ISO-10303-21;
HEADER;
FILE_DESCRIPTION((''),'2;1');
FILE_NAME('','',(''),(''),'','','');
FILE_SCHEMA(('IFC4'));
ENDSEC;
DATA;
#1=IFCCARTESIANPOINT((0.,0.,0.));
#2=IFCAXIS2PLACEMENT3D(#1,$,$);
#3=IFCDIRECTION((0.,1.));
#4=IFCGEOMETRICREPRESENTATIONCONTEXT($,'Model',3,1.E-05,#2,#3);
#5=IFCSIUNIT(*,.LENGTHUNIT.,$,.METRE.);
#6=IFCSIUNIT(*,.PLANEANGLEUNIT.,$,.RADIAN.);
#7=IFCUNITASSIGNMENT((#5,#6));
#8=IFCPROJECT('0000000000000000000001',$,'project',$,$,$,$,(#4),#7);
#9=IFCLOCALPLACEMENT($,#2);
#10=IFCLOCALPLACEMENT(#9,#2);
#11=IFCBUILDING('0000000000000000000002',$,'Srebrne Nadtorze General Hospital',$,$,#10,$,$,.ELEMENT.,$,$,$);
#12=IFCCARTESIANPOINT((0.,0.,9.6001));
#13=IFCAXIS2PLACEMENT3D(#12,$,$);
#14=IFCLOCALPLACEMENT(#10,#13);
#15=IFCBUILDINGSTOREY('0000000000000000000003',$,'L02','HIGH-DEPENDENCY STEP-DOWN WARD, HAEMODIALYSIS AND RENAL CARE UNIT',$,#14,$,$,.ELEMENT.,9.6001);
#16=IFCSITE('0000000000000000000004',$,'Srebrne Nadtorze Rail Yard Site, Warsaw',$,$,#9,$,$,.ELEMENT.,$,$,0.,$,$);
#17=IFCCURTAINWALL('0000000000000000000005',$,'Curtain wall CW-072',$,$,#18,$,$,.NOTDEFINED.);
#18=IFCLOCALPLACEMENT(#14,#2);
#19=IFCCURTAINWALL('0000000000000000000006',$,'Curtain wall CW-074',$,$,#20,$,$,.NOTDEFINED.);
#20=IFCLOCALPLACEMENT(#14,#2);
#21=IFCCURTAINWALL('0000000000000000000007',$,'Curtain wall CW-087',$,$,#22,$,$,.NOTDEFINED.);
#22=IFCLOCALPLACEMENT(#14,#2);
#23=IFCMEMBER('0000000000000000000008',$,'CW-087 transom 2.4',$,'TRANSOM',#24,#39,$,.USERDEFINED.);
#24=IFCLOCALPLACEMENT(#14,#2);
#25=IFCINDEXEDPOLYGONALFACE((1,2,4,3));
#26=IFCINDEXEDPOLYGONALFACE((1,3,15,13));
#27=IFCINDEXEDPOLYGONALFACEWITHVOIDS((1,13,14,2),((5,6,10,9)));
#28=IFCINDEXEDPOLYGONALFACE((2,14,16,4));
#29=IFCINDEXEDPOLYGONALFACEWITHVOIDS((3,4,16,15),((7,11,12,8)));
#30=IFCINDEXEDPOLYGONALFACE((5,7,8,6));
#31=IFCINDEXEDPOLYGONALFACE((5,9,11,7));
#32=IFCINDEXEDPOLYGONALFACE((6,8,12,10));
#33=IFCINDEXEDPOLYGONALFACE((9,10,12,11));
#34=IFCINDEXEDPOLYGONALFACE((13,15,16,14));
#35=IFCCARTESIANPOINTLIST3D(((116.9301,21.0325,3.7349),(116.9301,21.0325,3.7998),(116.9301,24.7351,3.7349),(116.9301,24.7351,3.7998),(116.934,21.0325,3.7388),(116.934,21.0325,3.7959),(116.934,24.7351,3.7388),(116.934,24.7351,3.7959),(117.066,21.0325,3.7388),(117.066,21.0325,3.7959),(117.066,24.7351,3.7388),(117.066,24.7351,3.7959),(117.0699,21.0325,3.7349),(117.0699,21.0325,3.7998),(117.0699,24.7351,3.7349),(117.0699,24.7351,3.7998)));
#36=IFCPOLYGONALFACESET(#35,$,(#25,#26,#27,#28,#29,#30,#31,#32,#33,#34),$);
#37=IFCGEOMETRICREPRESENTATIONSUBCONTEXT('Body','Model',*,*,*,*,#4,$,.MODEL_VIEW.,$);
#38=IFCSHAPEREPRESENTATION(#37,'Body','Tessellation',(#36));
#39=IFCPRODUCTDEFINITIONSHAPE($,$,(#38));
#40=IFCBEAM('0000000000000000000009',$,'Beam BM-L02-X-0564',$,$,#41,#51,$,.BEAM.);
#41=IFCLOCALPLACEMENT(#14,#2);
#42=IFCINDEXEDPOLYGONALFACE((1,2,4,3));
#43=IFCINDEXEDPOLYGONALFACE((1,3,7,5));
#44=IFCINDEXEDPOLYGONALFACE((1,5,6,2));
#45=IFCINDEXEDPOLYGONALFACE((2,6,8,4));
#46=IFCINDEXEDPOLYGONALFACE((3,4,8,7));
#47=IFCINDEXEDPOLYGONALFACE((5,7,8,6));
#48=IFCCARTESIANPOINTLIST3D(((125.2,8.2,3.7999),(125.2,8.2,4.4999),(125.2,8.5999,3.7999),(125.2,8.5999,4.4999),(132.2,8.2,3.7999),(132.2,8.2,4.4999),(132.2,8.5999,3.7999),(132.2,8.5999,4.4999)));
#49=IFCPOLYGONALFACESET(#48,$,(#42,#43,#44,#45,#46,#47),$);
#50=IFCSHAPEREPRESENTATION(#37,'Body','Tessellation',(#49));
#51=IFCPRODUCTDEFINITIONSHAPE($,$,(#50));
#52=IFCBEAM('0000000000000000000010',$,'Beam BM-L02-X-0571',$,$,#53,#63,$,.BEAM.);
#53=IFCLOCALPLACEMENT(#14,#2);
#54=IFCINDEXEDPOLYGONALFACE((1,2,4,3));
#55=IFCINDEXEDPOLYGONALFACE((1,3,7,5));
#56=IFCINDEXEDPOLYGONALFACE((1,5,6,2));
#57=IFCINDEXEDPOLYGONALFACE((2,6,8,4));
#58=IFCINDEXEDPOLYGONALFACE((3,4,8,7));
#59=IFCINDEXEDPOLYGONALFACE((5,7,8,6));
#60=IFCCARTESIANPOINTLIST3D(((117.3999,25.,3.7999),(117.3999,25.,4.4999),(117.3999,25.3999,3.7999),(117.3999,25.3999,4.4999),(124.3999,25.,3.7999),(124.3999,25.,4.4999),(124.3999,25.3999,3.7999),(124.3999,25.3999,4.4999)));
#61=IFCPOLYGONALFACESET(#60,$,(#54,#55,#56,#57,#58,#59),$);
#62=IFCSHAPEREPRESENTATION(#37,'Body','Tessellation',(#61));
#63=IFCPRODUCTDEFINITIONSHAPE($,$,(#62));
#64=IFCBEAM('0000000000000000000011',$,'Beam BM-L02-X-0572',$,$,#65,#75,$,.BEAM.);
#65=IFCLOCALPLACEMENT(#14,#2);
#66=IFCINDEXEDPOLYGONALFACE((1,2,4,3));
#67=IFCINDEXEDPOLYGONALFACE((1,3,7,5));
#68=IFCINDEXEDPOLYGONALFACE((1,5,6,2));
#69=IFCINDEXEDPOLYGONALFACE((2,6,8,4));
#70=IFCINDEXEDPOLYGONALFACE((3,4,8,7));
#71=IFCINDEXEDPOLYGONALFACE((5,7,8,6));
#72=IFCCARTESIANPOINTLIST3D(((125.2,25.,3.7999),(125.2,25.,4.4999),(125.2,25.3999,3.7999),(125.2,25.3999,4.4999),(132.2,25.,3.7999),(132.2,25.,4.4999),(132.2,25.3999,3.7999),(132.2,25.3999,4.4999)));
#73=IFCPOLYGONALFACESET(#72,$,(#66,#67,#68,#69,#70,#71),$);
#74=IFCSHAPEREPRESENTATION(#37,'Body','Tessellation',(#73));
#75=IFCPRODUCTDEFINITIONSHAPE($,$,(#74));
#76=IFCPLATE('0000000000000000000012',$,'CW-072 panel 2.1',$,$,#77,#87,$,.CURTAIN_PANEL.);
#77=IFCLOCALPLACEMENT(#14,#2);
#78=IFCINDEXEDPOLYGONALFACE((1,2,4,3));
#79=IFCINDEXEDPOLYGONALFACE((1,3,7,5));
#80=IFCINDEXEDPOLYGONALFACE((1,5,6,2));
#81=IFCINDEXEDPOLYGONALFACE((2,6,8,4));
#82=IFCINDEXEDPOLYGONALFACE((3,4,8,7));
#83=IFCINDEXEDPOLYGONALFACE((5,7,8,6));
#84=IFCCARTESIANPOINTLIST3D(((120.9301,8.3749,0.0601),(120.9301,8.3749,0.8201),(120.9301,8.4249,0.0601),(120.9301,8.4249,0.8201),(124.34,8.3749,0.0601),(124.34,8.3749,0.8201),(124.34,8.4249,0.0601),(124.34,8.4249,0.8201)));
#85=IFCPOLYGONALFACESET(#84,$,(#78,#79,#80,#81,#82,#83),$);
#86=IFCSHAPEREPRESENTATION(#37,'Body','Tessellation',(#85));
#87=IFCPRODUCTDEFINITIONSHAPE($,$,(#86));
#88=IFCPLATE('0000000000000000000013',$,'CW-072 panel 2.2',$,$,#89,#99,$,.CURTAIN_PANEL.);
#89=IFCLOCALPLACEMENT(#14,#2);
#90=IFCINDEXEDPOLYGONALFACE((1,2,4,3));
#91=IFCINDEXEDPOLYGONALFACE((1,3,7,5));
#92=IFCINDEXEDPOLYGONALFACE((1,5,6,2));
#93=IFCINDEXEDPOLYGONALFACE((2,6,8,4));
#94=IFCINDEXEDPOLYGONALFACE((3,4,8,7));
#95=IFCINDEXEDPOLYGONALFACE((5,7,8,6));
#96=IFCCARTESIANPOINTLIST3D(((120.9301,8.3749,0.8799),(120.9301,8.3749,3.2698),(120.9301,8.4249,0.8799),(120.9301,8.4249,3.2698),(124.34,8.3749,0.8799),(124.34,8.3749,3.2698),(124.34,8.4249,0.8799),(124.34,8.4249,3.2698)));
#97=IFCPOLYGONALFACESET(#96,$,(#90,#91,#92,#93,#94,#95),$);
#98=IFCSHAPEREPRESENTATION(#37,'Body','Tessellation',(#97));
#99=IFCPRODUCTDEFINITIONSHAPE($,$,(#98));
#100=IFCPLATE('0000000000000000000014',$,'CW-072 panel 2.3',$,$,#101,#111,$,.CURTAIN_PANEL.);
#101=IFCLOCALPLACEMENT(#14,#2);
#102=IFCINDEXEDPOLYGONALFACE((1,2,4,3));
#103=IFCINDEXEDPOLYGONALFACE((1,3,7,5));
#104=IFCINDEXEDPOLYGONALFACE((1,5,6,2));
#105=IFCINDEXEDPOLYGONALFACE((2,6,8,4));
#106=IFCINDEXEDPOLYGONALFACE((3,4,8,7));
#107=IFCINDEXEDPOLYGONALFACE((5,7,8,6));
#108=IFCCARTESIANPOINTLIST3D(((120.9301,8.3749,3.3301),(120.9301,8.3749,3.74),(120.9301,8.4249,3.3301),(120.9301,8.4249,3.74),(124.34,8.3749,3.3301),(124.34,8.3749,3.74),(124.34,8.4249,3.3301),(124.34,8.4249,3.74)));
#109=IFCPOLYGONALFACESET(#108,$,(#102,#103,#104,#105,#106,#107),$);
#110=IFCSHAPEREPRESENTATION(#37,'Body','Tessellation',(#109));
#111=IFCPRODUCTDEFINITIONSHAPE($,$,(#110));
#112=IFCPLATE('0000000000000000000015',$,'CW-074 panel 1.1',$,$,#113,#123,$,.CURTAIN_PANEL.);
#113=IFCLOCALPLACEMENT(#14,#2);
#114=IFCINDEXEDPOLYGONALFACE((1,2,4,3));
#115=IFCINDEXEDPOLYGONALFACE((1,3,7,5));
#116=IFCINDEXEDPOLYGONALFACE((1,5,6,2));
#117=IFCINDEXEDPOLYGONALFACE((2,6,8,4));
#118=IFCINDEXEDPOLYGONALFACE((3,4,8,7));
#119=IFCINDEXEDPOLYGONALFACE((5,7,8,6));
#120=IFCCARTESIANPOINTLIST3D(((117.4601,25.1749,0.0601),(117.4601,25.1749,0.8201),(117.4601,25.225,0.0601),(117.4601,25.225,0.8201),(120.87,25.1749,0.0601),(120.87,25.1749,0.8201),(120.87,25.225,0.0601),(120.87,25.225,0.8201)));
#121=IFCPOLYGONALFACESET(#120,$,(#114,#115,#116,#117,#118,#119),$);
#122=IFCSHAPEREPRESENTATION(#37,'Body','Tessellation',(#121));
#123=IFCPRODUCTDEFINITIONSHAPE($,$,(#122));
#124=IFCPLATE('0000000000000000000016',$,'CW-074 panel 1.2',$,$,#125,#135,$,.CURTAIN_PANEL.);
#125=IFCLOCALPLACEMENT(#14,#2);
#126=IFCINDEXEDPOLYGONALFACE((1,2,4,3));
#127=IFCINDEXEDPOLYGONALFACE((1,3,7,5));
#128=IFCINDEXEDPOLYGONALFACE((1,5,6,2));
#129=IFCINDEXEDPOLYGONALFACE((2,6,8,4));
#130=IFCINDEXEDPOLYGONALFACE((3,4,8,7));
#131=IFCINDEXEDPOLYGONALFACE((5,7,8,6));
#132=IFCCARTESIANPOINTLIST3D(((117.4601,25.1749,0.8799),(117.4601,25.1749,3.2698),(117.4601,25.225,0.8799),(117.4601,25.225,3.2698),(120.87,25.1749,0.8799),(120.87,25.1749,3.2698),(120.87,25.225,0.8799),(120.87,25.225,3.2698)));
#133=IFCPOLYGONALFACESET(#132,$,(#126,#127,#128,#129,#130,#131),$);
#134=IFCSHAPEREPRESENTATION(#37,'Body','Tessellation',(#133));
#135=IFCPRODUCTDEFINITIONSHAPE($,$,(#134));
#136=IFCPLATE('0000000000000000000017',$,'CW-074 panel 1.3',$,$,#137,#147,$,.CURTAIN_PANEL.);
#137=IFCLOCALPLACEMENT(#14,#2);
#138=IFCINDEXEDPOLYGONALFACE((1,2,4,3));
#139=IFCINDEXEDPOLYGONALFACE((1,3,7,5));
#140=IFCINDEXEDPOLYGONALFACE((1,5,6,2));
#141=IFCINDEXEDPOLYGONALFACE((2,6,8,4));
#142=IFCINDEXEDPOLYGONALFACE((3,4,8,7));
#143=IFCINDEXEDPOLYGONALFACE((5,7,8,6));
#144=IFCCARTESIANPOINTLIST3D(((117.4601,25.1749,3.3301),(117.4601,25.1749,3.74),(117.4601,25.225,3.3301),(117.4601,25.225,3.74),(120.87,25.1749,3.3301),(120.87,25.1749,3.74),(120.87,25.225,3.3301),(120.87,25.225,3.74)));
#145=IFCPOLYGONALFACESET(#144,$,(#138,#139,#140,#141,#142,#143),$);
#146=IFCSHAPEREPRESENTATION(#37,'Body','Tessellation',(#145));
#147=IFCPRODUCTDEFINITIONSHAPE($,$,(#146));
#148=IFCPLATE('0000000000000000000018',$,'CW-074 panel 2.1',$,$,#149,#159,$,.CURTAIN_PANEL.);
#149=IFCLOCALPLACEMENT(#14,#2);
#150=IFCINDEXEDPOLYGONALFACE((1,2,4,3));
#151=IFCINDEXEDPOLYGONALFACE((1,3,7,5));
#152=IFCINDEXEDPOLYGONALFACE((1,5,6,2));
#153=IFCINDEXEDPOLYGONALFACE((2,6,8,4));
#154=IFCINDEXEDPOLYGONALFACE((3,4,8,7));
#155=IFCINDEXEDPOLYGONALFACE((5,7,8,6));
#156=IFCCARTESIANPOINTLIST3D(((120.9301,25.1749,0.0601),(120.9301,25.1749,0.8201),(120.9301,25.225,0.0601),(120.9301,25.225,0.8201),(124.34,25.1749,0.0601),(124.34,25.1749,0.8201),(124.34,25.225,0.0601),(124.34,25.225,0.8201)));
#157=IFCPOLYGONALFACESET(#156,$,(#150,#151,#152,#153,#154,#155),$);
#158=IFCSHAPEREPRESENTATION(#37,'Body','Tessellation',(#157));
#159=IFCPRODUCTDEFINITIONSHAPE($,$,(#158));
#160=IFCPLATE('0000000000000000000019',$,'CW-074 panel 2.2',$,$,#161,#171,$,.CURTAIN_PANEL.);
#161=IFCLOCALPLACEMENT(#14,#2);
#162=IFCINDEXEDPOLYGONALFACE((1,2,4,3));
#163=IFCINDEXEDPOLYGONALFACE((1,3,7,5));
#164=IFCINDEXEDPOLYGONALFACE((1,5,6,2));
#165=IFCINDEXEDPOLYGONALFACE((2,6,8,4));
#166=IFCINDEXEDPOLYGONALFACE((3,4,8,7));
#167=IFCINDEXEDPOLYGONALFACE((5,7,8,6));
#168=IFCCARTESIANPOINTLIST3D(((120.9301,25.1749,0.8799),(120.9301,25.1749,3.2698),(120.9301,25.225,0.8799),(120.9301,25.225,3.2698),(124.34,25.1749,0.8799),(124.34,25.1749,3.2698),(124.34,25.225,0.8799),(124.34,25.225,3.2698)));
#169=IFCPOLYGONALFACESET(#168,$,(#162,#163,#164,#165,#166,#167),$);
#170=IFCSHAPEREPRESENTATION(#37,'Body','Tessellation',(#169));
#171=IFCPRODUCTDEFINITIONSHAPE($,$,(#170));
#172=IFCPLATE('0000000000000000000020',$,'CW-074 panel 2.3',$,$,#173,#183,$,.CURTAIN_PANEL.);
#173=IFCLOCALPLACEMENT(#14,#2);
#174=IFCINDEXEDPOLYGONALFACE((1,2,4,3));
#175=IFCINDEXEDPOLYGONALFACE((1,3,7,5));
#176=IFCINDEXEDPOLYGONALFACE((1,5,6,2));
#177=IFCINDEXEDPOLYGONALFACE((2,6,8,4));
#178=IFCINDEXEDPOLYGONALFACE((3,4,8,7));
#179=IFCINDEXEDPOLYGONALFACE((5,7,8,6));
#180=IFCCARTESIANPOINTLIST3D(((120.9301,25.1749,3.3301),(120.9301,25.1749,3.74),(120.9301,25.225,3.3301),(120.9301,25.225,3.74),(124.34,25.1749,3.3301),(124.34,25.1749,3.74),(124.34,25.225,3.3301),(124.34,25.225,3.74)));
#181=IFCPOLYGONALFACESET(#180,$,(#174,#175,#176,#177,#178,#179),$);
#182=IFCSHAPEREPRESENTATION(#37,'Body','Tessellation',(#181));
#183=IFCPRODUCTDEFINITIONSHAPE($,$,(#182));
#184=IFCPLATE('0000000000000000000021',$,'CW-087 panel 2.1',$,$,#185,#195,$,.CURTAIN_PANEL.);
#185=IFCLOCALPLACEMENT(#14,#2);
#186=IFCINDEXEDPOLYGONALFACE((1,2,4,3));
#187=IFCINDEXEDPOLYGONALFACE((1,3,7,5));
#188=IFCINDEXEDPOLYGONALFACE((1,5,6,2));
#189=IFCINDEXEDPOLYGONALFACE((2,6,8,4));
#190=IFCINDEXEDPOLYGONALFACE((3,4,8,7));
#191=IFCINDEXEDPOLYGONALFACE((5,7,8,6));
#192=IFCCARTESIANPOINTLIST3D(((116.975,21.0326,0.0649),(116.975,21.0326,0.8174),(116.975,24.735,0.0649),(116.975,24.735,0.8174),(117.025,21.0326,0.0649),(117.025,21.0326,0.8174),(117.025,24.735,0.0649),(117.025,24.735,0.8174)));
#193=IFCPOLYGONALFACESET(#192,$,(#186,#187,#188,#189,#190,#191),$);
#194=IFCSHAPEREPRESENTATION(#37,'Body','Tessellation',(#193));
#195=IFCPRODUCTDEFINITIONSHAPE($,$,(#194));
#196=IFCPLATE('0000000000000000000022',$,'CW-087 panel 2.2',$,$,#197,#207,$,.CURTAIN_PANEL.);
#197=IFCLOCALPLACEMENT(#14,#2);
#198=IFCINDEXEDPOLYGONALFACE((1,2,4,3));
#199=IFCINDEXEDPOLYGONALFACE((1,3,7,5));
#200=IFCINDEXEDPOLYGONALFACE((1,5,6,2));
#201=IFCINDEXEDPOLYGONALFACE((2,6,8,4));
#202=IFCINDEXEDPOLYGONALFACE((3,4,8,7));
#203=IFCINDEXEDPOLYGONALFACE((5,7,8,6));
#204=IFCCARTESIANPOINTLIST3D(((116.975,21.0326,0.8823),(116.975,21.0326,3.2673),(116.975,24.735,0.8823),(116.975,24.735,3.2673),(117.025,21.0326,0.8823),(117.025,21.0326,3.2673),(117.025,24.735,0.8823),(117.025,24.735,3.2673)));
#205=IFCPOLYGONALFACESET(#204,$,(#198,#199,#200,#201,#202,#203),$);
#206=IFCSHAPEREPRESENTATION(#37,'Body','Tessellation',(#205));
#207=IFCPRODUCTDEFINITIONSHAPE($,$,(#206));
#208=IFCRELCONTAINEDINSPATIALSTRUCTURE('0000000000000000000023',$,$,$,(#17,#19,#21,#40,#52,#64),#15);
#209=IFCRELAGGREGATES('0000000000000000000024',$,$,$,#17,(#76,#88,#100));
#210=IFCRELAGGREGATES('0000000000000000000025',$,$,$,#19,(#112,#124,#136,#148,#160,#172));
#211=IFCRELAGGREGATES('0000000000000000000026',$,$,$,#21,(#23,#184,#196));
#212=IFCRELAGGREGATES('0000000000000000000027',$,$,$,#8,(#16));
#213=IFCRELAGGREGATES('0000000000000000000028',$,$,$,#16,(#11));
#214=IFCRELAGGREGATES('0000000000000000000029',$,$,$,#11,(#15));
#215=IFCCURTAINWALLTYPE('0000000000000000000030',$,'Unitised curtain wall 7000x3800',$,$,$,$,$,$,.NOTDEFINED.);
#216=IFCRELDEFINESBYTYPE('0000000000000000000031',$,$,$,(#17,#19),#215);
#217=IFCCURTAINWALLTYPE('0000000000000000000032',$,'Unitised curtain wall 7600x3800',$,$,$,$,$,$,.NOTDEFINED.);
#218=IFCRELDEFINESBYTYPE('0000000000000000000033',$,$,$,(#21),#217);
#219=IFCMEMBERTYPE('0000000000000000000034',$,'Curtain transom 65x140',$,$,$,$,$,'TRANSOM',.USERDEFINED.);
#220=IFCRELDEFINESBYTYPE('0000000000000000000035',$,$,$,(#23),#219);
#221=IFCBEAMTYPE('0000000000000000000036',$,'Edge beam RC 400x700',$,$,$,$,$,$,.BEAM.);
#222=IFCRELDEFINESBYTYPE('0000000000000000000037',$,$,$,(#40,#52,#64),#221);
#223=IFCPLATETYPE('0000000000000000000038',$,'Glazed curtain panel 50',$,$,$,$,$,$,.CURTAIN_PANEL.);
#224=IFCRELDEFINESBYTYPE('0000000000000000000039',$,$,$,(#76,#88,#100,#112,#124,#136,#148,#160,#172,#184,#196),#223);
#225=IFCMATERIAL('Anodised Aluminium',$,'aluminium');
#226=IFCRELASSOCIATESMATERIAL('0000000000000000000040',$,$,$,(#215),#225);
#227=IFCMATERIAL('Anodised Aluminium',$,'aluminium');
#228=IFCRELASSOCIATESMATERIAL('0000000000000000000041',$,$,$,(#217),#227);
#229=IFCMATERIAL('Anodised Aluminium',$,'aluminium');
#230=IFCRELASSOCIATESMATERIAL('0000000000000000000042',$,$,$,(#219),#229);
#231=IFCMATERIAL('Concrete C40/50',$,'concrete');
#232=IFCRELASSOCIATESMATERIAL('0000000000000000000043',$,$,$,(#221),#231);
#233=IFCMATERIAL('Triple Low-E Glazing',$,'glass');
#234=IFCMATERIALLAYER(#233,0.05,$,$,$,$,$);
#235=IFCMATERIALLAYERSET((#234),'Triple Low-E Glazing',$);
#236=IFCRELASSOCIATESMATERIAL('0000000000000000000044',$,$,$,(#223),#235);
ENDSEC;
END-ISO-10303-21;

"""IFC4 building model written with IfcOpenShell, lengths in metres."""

from ifc_helpers import new_model, si_unit, direction, frame, origin, origin_2d, place, context, subcontext, project, spatial, rectangle, hollow_rectangle, extrude, material, layer, layer_set, material_profile, profile_set, type_object, element, aggregate, save


model = new_model("IFC4")

# Units and contexts
model_context = context("Model", 3, precision=1e-05, world=origin(), true_north=direction((0.0, 1.0)))
body_context = subcontext(model_context, "Body", "Model", "MODEL_VIEW")
ifc_project = project(units=[si_unit("LENGTHUNIT", "METRE"), si_unit("PLANEANGLEUNIT", "RADIAN")], contexts=[model_context])

# Site, building, storey
site_placement = place(None, origin())
site = spatial("IfcSite", under=ifc_project, at=site_placement, Name="Srebrne Nadtorze Rail Yard Site, Warsaw", CompositionType="ELEMENT", RefElevation=0.0)
building_placement = place(site_placement, origin())
building = spatial("IfcBuilding", under=site, at=building_placement, Name="Srebrne Nadtorze General Hospital", CompositionType="ELEMENT")
storey_placement = place(building_placement, frame((0.0, 0.0, 9.6001)))
storey = spatial("IfcBuildingStorey", under=building, at=storey_placement, Name="L02", Description="HIGH-DEPENDENCY STEP-DOWN WARD, HAEMODIALYSIS AND RENAL CARE UNIT", CompositionType="ELEMENT", Elevation=9.6001)

# Curtain wall
ifc_material_1 = material(Name="Anodised Aluminium", Category="aluminium")
curtain_wall_type_1 = type_object("IfcCurtainWallType", Name="Unitised curtain wall 7000x3800", PredefinedType="NOTDEFINED", material=ifc_material_1)
curtain_wall_1_placement = place(storey_placement, origin())
curtain_wall_1 = element("IfcCurtainWall", 1, at=curtain_wall_1_placement, inside=storey, type_object=curtain_wall_type_1, Name="Curtain wall CW-072", PredefinedType="NOTDEFINED")

# Curtain wall
curtain_wall_2_placement = place(storey_placement, origin())
curtain_wall_2 = element("IfcCurtainWall", 2, at=curtain_wall_2_placement, inside=storey, type_object=curtain_wall_type_1, Name="Curtain wall CW-074", PredefinedType="NOTDEFINED")

# Curtain wall
ifc_material_2 = material(Name="Anodised Aluminium", Category="aluminium")
curtain_wall_type_2 = type_object("IfcCurtainWallType", Name="Unitised curtain wall 7600x3800", PredefinedType="NOTDEFINED", material=ifc_material_2)
curtain_wall_3_placement = place(storey_placement, origin())
curtain_wall_3 = element("IfcCurtainWall", 3, at=curtain_wall_3_placement, inside=storey, type_object=curtain_wall_type_2, Name="Curtain wall CW-087", PredefinedType="NOTDEFINED")

# Member
ifc_material_3 = material(Name="Anodised Aluminium", Category="aluminium")
ifc_material_profile_1 = material_profile(ifc_material_3, hollow_rectangle(XDim=0.0649, YDim=0.1399, WallThickness=0.0039, at=origin_2d()), Name="AL-TRN-65x140")
ifc_profile_set_1 = profile_set([ifc_material_profile_1], Name="Anodised Aluminium")
member_type_1 = type_object("IfcMemberType", Name="Curtain transom 65x140", ElementType="TRANSOM", PredefinedType="USERDEFINED", material=ifc_profile_set_1)
member_1_placement = place(storey_placement, frame((117.0, 21.0325, 3.7673), z_axis=(0.0, 1.0, 0.0), x_axis=(0.0, 0.0, 1.0)))
member_1 = element("IfcMember", 4, at=member_1_placement, type_object=member_type_1, Name="CW-087 transom 2.4", ObjectType="TRANSOM", PredefinedType="USERDEFINED", context=body_context, shape_type="SweptSolid", body=[
    extrude(hollow_rectangle(XDim=0.0649, YDim=0.1399, WallThickness=0.0039, at=origin_2d()), origin(), (0.0, 0.0, 1.0), 3.7026),
])

# Beams
ifc_material_4 = material(Name="Concrete C40/50", Category="concrete")
ifc_material_profile_2 = material_profile(ifc_material_4, rectangle(XDim=0.3999, YDim=0.7, at=origin_2d()), Name="RC-BM-400x700")
ifc_profile_set_2 = profile_set([ifc_material_profile_2], Name="Concrete C40/50")
beam_type = type_object("IfcBeamType", Name="Edge beam RC 400x700", PredefinedType="BEAM", material=ifc_profile_set_2)
for number, where, z_axis, x_axis, name in (
    (5, (125.2, 8.3999, 4.1499), (1.0, 0.0, 0.0), (0.0, 1.0, 0.0), "Beam BM-L02-X-0564"),
    (6, (117.3999, 25.2, 4.1499), (1.0, 0.0, 0.0), (0.0, 1.0, 0.0), "Beam BM-L02-X-0571"),
    (7, (125.2, 25.2, 4.1499), (1.0, 0.0, 0.0), (0.0, 1.0, 0.0), "Beam BM-L02-X-0572"),
):
    element("IfcBeam", number, at=place(storey_placement, frame(where, z_axis=z_axis, x_axis=x_axis)), inside=storey, type_object=beam_type, Name=name, PredefinedType="BEAM", context=body_context, shape_type="SweptSolid", body=[
        extrude(rectangle(XDim=0.3999, YDim=0.7, at=origin_2d()), origin(), (0.0, 0.0, 1.0), 7.0),
    ])

# Plates
ifc_material_5 = material(Name="Triple Low-E Glazing", Category="glass")
ifc_layer_1 = layer(ifc_material_5, 0.05)
ifc_layer_set_1 = layer_set([ifc_layer_1], Name="Triple Low-E Glazing")
plate_type = type_object("IfcPlateType", Name="Glazed curtain panel 50", PredefinedType="CURTAIN_PANEL", material=ifc_layer_set_1)
plate_1_placement = place(storey_placement, frame((122.635, 8.3999, 0.0601), z_axis=(0.0, 0.0, 1.0), x_axis=(1.0, 0.0, 0.0)))
plate_1 = element("IfcPlate", 8, at=plate_1_placement, type_object=plate_type, Name="CW-072 panel 2.1", PredefinedType="CURTAIN_PANEL", context=body_context, shape_type="SweptSolid", body=[
    extrude(rectangle(XDim=3.4099, YDim=0.05, at=origin_2d()), origin(), (0.0, 0.0, 1.0), 0.76),
])
plate_2_placement = place(storey_placement, frame((122.635, 8.3999, 0.8799), z_axis=(0.0, 0.0, 1.0), x_axis=(1.0, 0.0, 0.0)))
plate_2 = element("IfcPlate", 9, at=plate_2_placement, type_object=plate_type, Name="CW-072 panel 2.2", PredefinedType="CURTAIN_PANEL", context=body_context, shape_type="SweptSolid", body=[
    extrude(rectangle(XDim=3.4099, YDim=0.05, at=origin_2d()), origin(), (0.0, 0.0, 1.0), 2.3899),
])
plate_3_placement = place(storey_placement, frame((122.635, 8.3999, 3.3301), z_axis=(0.0, 0.0, 1.0), x_axis=(1.0, 0.0, 0.0)))
plate_3 = element("IfcPlate", 10, at=plate_3_placement, type_object=plate_type, Name="CW-072 panel 2.3", PredefinedType="CURTAIN_PANEL", context=body_context, shape_type="SweptSolid", body=[
    extrude(rectangle(XDim=3.4099, YDim=0.05, at=origin_2d()), origin(), (0.0, 0.0, 1.0), 0.4099),
])
aggregate(curtain_wall_1, [plate_1, plate_2, plate_3])
plate_4_placement = place(storey_placement, frame((119.165, 25.2, 0.0601), z_axis=(0.0, 0.0, 1.0), x_axis=(1.0, 0.0, 0.0)))
plate_4 = element("IfcPlate", 11, at=plate_4_placement, type_object=plate_type, Name="CW-074 panel 1.1", PredefinedType="CURTAIN_PANEL", context=body_context, shape_type="SweptSolid", body=[
    extrude(rectangle(XDim=3.4099, YDim=0.05, at=origin_2d()), origin(), (0.0, 0.0, 1.0), 0.76),
])
plate_5_placement = place(storey_placement, frame((119.165, 25.2, 0.8799), z_axis=(0.0, 0.0, 1.0), x_axis=(1.0, 0.0, 0.0)))
plate_5 = element("IfcPlate", 12, at=plate_5_placement, type_object=plate_type, Name="CW-074 panel 1.2", PredefinedType="CURTAIN_PANEL", context=body_context, shape_type="SweptSolid", body=[
    extrude(rectangle(XDim=3.4099, YDim=0.05, at=origin_2d()), origin(), (0.0, 0.0, 1.0), 2.3899),
])
plate_6_placement = place(storey_placement, frame((119.165, 25.2, 3.3301), z_axis=(0.0, 0.0, 1.0), x_axis=(1.0, 0.0, 0.0)))
plate_6 = element("IfcPlate", 13, at=plate_6_placement, type_object=plate_type, Name="CW-074 panel 1.3", PredefinedType="CURTAIN_PANEL", context=body_context, shape_type="SweptSolid", body=[
    extrude(rectangle(XDim=3.4099, YDim=0.05, at=origin_2d()), origin(), (0.0, 0.0, 1.0), 0.4099),
])
plate_7_placement = place(storey_placement, frame((122.635, 25.2, 0.0601), z_axis=(0.0, 0.0, 1.0), x_axis=(1.0, 0.0, 0.0)))
plate_7 = element("IfcPlate", 14, at=plate_7_placement, type_object=plate_type, Name="CW-074 panel 2.1", PredefinedType="CURTAIN_PANEL", context=body_context, shape_type="SweptSolid", body=[
    extrude(rectangle(XDim=3.4099, YDim=0.05, at=origin_2d()), origin(), (0.0, 0.0, 1.0), 0.76),
])
plate_8_placement = place(storey_placement, frame((122.635, 25.2, 0.8799), z_axis=(0.0, 0.0, 1.0), x_axis=(1.0, 0.0, 0.0)))
plate_8 = element("IfcPlate", 15, at=plate_8_placement, type_object=plate_type, Name="CW-074 panel 2.2", PredefinedType="CURTAIN_PANEL", context=body_context, shape_type="SweptSolid", body=[
    extrude(rectangle(XDim=3.4099, YDim=0.05, at=origin_2d()), origin(), (0.0, 0.0, 1.0), 2.3899),
])
plate_9_placement = place(storey_placement, frame((122.635, 25.2, 3.3301), z_axis=(0.0, 0.0, 1.0), x_axis=(1.0, 0.0, 0.0)))
plate_9 = element("IfcPlate", 16, at=plate_9_placement, type_object=plate_type, Name="CW-074 panel 2.3", PredefinedType="CURTAIN_PANEL", context=body_context, shape_type="SweptSolid", body=[
    extrude(rectangle(XDim=3.4099, YDim=0.05, at=origin_2d()), origin(), (0.0, 0.0, 1.0), 0.4099),
])
aggregate(curtain_wall_2, [plate_4, plate_5, plate_6, plate_7, plate_8, plate_9])
plate_10_placement = place(storey_placement, frame((117.0, 22.8838, 0.0649), z_axis=(0.0, 0.0, 1.0), x_axis=(0.0, 1.0, 0.0)))
plate_10 = element("IfcPlate", 17, at=plate_10_placement, type_object=plate_type, Name="CW-087 panel 2.1", PredefinedType="CURTAIN_PANEL", context=body_context, shape_type="SweptSolid", body=[
    extrude(rectangle(XDim=3.7024, YDim=0.05, at=origin_2d()), origin(), (0.0, 0.0, 1.0), 0.7524),
])
plate_11_placement = place(storey_placement, frame((117.0, 22.8838, 0.8823), z_axis=(0.0, 0.0, 1.0), x_axis=(0.0, 1.0, 0.0)))
plate_11 = element("IfcPlate", 18, at=plate_11_placement, type_object=plate_type, Name="CW-087 panel 2.2", PredefinedType="CURTAIN_PANEL", context=body_context, shape_type="SweptSolid", body=[
    extrude(rectangle(XDim=3.7024, YDim=0.05, at=origin_2d()), origin(), (0.0, 0.0, 1.0), 2.385),
])
aggregate(curtain_wall_3, [member_1, plate_10, plate_11])

save(model, "model.ifc")
